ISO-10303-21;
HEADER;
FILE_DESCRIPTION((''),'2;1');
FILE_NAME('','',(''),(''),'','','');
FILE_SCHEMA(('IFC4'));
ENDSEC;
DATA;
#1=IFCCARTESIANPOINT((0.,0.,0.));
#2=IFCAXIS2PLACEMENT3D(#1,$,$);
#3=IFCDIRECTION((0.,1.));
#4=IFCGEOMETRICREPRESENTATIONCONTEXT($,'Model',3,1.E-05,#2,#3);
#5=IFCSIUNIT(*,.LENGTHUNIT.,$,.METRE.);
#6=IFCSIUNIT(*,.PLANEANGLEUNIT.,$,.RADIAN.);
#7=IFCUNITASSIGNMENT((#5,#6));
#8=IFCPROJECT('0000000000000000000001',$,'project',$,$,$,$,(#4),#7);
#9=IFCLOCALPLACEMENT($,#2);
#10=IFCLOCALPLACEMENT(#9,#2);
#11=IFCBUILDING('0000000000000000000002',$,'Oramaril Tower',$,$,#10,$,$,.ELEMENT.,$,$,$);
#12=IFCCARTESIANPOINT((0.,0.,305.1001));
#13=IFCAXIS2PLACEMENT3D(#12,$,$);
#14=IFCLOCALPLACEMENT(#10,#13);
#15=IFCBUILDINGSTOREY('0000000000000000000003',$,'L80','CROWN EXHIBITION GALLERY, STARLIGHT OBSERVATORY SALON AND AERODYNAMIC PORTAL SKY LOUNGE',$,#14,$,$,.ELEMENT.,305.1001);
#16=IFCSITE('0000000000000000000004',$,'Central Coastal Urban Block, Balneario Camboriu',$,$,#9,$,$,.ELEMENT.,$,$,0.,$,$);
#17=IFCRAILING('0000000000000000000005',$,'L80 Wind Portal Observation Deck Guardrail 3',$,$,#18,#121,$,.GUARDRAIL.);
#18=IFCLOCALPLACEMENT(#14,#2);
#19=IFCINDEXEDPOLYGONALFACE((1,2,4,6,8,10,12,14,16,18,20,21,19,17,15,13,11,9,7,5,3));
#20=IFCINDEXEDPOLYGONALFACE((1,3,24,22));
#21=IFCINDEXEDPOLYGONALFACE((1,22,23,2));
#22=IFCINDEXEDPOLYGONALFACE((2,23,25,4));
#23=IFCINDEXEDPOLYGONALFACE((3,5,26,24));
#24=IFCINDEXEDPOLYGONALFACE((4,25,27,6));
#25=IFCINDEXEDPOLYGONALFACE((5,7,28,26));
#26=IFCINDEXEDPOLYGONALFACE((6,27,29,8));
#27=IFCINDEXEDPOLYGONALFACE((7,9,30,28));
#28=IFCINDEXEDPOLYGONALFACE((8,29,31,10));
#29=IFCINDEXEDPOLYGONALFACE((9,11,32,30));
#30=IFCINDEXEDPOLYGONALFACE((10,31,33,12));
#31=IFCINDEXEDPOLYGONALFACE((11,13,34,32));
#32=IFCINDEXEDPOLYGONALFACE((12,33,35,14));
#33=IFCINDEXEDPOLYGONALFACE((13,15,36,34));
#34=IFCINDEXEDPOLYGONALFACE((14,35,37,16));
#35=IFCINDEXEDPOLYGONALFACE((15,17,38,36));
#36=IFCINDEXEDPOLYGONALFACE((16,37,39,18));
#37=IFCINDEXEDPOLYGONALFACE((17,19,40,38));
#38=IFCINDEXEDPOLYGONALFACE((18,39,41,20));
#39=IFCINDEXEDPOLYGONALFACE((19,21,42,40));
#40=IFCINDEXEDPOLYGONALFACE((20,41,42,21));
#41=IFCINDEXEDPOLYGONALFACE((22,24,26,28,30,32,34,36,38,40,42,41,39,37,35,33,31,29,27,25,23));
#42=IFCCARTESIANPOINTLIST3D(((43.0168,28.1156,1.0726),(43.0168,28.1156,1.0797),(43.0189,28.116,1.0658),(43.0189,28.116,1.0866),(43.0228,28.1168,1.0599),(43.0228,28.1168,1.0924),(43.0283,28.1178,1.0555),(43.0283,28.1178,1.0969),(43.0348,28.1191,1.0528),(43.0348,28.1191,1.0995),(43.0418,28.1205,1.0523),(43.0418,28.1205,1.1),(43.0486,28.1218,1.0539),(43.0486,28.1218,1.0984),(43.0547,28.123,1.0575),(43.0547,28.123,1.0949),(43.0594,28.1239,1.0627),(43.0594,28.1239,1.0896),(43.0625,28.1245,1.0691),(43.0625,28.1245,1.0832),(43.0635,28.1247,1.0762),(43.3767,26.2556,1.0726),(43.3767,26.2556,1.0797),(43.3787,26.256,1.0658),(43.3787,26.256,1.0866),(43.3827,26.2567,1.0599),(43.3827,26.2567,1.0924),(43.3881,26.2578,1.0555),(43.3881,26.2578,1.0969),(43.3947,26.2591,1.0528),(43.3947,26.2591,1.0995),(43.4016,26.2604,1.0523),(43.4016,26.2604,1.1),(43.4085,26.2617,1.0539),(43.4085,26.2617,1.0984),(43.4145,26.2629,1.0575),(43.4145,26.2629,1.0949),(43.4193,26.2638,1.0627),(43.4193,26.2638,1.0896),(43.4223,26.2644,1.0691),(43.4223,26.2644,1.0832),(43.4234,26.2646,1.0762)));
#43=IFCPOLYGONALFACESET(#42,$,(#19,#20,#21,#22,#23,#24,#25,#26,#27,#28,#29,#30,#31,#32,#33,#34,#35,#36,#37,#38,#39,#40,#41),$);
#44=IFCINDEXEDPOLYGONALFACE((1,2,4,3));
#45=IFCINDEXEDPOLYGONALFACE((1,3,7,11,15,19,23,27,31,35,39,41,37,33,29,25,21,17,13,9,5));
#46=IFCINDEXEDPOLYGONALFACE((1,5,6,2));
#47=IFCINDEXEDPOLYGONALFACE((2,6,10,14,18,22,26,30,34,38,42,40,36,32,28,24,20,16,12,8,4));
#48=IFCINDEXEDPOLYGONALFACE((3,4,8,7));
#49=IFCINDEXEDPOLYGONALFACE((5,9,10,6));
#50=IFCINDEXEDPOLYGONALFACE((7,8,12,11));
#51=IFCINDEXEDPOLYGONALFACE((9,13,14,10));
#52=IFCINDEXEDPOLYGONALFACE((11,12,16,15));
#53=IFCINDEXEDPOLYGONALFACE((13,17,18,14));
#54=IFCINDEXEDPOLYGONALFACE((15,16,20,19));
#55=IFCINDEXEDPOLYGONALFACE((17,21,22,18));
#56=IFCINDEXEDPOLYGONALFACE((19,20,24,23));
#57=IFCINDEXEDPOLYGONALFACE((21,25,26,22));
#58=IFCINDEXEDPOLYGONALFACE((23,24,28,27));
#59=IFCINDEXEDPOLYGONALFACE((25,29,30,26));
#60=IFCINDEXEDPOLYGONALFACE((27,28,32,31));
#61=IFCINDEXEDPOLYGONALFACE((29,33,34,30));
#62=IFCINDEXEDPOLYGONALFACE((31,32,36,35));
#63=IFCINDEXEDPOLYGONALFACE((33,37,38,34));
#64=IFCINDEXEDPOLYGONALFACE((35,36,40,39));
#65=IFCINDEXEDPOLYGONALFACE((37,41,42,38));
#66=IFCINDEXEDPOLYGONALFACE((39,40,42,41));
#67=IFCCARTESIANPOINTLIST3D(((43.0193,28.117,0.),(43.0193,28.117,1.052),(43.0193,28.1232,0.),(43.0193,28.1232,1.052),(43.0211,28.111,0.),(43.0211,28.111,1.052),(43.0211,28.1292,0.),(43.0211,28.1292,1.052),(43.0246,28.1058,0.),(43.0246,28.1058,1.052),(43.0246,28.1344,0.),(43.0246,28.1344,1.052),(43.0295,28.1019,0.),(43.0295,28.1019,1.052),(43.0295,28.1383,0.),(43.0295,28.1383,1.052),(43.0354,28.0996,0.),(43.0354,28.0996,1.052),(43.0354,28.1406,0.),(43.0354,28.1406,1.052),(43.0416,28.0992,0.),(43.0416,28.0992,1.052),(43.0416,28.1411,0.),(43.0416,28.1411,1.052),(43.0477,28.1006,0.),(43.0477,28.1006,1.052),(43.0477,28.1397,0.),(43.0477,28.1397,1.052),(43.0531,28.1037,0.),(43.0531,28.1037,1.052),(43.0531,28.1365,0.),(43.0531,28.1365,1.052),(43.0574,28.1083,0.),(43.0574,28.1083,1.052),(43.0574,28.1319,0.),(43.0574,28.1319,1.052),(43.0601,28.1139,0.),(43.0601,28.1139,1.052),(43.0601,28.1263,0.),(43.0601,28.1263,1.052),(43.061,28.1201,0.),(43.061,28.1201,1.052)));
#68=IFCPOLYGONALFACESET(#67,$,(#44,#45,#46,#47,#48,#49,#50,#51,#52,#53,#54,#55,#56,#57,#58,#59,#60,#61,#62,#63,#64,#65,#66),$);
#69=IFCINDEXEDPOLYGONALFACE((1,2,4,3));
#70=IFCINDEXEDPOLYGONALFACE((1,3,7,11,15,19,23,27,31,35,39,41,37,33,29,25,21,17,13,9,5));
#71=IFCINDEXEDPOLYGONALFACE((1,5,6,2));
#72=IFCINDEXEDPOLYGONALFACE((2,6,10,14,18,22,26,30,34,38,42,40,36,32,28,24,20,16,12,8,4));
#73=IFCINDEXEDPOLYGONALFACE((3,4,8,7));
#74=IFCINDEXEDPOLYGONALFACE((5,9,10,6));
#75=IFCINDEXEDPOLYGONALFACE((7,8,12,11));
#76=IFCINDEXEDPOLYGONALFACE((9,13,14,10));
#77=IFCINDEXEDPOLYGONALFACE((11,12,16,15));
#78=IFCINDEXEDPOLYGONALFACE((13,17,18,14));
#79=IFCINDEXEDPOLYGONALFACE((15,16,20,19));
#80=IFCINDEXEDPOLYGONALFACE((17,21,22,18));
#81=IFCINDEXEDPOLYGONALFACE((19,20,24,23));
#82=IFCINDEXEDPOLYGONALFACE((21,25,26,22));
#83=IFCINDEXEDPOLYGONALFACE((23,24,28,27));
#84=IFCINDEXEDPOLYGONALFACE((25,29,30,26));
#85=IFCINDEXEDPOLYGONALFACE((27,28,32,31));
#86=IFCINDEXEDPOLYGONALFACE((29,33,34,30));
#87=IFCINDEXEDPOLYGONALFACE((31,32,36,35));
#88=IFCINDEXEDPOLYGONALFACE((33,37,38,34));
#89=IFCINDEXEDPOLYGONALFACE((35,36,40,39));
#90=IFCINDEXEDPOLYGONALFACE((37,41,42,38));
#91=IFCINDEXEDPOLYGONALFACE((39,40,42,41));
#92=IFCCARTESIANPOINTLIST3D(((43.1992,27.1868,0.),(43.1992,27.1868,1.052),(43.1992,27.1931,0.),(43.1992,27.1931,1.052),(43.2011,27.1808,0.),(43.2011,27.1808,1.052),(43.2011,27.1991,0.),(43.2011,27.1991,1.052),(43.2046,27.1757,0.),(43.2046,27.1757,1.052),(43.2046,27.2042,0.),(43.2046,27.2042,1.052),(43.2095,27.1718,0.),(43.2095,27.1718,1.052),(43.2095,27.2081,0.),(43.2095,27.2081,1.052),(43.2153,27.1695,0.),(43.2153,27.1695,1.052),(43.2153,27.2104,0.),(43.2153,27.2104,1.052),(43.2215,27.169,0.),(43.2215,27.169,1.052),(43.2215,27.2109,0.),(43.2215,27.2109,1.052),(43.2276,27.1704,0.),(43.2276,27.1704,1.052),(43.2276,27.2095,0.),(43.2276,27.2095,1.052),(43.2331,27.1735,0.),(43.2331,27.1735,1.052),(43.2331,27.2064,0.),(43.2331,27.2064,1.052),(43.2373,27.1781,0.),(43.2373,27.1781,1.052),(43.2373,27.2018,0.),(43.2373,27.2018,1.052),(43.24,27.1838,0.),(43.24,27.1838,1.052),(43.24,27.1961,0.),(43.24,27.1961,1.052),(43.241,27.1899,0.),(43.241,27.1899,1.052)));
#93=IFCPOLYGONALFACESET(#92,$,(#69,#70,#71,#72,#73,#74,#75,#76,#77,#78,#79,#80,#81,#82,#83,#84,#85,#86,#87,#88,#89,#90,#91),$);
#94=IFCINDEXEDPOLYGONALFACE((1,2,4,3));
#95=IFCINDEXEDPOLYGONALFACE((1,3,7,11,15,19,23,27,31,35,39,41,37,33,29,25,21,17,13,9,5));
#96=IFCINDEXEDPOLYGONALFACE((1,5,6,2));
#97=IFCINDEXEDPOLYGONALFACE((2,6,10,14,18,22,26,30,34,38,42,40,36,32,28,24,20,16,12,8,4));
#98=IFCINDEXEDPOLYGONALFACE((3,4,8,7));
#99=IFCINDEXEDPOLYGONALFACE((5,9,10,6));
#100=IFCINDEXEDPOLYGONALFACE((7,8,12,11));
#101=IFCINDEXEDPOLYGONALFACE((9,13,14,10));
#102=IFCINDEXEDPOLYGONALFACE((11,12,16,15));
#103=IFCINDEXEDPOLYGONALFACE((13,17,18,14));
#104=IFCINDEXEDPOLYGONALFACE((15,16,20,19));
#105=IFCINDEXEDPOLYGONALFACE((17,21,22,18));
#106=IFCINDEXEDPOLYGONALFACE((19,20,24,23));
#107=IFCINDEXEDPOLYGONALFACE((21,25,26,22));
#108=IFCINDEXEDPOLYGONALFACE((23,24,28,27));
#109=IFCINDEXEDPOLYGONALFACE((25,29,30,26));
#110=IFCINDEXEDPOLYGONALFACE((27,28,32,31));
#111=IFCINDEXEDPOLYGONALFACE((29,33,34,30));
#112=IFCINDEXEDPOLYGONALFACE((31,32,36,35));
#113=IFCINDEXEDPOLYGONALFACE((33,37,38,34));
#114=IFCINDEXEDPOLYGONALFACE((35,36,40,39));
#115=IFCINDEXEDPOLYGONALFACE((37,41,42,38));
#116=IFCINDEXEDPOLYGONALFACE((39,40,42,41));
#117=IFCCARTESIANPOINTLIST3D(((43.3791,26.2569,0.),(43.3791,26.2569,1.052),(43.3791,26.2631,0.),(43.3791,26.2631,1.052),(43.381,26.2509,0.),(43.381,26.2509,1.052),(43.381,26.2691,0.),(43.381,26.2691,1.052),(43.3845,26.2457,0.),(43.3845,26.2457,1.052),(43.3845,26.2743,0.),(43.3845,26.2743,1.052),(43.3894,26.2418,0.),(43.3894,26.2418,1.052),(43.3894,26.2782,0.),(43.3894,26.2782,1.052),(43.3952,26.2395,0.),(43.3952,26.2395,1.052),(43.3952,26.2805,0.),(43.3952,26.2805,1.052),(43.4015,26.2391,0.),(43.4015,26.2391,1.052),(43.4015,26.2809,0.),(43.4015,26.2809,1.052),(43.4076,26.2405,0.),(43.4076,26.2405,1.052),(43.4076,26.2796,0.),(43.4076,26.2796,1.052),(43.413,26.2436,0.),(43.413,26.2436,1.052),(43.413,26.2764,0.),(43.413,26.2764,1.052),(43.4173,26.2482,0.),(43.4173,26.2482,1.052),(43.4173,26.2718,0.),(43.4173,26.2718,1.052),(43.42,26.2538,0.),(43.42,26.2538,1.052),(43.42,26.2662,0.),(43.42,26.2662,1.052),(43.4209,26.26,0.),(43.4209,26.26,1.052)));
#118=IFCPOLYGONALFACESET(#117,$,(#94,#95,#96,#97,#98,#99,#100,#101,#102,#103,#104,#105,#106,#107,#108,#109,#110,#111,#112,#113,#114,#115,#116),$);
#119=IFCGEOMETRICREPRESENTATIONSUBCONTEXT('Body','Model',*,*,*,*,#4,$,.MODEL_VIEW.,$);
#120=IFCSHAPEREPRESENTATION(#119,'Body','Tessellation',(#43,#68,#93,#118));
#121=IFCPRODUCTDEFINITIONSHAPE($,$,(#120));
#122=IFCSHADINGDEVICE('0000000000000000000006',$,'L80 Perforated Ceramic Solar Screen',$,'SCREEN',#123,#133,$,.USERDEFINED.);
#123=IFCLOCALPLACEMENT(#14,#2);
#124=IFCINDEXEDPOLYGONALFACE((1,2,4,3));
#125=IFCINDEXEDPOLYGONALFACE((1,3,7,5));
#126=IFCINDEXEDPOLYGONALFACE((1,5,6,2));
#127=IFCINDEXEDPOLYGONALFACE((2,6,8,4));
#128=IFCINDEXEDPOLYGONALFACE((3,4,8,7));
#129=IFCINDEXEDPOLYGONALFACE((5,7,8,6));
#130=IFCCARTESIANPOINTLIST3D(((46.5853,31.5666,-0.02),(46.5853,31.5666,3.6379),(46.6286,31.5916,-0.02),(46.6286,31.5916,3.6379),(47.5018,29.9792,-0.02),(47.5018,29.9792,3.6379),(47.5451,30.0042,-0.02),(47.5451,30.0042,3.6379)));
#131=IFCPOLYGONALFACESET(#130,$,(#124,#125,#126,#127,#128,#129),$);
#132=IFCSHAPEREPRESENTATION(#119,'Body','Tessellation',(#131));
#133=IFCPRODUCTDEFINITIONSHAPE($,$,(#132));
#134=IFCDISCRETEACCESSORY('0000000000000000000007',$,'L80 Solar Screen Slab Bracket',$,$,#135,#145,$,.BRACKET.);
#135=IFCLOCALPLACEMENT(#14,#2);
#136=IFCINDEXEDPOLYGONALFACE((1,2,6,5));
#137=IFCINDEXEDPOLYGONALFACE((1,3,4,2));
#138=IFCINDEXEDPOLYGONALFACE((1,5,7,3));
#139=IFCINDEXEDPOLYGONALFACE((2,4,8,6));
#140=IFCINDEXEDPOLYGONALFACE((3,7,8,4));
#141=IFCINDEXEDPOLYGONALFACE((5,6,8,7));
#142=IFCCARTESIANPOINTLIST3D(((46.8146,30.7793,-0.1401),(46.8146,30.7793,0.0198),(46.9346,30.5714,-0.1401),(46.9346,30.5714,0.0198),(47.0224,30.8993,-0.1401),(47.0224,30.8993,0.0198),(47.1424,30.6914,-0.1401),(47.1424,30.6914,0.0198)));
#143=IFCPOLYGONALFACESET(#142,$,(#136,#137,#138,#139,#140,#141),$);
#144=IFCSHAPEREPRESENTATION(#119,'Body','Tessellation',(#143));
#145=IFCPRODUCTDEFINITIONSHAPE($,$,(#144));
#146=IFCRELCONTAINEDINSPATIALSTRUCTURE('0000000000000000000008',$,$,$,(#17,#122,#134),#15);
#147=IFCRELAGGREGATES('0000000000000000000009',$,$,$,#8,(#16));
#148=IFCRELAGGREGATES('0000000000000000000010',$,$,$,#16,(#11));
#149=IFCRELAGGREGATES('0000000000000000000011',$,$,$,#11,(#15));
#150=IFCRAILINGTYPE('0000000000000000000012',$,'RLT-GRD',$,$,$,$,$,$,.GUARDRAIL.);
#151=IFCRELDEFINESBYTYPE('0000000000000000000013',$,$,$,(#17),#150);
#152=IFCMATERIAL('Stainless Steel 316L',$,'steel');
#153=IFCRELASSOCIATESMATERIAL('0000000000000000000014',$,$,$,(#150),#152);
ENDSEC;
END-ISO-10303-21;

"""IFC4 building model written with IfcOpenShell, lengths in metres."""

from ifc_helpers import new_model, si_unit, direction, frame, origin, origin_2d, place, context, subcontext, project, spatial, rectangle, circle, extrude, material, type_object, element, save


model = new_model("IFC4")

# Units and contexts
model_context = context("Model", 3, precision=1e-05, world=origin(), true_north=direction((0.0, 1.0)))
body_context = subcontext(model_context, "Body", "Model", "MODEL_VIEW")
ifc_project = project(units=[si_unit("LENGTHUNIT", "METRE"), si_unit("PLANEANGLEUNIT", "RADIAN")], contexts=[model_context])

# Site, building, storey
site_placement = place(None, origin())
site = spatial("IfcSite", under=ifc_project, at=site_placement, Name="Central Coastal Urban Block, Balneario Camboriu", CompositionType="ELEMENT", RefElevation=0.0)
building_placement = place(site_placement, origin())
building = spatial("IfcBuilding", under=site, at=building_placement, Name="Oramaril Tower", CompositionType="ELEMENT")
storey_placement = place(building_placement, frame((0.0, 0.0, 305.1001)))
storey = spatial("IfcBuildingStorey", under=building, at=storey_placement, Name="L80", Description="CROWN EXHIBITION GALLERY, STARLIGHT OBSERVATORY SALON AND AERODYNAMIC PORTAL SKY LOUNGE", CompositionType="ELEMENT", Elevation=305.1001)

# Railing
ifc_material_1 = material(Name="Stainless Steel 316L", Category="steel")
railing_type = type_object("IfcRailingType", Name="RLT-GRD", PredefinedType="GUARDRAIL", material=ifc_material_1)
railing_placement = place(storey_placement, frame((43.04, 28.1201, 0.0)))
element("IfcRailing", 1, at=railing_placement, inside=storey, type_object=railing_type, Name="L80 Wind Portal Observation Deck Guardrail 3", PredefinedType="GUARDRAIL", context=body_context, shape_type="SweptSolid", body=[
    extrude(circle(Radius=0.0239, at=origin_2d()), frame((0.0, 0.0, 1.0762), z_axis=(0.189942, -0.981795, 0.0), x_axis=(0.981795, 0.189942, 0.0)), (0.0, 0.0, 1.0), 1.8945),
    extrude(circle(Radius=0.021, at=origin_2d()), origin(), (0.0, 0.0, 1.0), 1.052),
    extrude(circle(Radius=0.021, at=origin_2d()), frame((0.1799, -0.9302, 0.0)), (0.0, 0.0, 1.0), 1.052),
    extrude(circle(Radius=0.021, at=origin_2d()), frame((0.3599, -1.8601, 0.0)), (0.0, 0.0, 1.0), 1.052),
])

# Shading device
shading_device_placement = place(storey_placement, frame((47.0652, 30.7854, -0.02), z_axis=(0.0, 0.0, 1.0), x_axis=(-0.500002, 0.866025, 0.0)))
element("IfcShadingDevice", 2, at=shading_device_placement, inside=storey, Name="L80 Perforated Ceramic Solar Screen", ObjectType="SCREEN", PredefinedType="USERDEFINED", context=body_context, shape_type="SweptSolid", body=[
    extrude(rectangle(XDim=1.833, YDim=0.05, at=origin_2d()), origin(), (0.0, 0.0, 1.0), 3.658),
])

# Discrete accessory
discrete_accessory_placement = place(storey_placement, frame((46.9785, 30.7354, -0.1401), z_axis=(0.0, 0.0, 1.0), x_axis=(-0.500002, 0.866025, 0.0)))
element("IfcDiscreteAccessory", 3, at=discrete_accessory_placement, inside=storey, Name="L80 Solar Screen Slab Bracket", PredefinedType="BRACKET", context=body_context, shape_type="SweptSolid", body=[
    extrude(rectangle(XDim=0.24, YDim=0.24, at=origin_2d()), origin(), (0.0, 0.0, 1.0), 0.1599),
])

save(model, "model.ifc")
